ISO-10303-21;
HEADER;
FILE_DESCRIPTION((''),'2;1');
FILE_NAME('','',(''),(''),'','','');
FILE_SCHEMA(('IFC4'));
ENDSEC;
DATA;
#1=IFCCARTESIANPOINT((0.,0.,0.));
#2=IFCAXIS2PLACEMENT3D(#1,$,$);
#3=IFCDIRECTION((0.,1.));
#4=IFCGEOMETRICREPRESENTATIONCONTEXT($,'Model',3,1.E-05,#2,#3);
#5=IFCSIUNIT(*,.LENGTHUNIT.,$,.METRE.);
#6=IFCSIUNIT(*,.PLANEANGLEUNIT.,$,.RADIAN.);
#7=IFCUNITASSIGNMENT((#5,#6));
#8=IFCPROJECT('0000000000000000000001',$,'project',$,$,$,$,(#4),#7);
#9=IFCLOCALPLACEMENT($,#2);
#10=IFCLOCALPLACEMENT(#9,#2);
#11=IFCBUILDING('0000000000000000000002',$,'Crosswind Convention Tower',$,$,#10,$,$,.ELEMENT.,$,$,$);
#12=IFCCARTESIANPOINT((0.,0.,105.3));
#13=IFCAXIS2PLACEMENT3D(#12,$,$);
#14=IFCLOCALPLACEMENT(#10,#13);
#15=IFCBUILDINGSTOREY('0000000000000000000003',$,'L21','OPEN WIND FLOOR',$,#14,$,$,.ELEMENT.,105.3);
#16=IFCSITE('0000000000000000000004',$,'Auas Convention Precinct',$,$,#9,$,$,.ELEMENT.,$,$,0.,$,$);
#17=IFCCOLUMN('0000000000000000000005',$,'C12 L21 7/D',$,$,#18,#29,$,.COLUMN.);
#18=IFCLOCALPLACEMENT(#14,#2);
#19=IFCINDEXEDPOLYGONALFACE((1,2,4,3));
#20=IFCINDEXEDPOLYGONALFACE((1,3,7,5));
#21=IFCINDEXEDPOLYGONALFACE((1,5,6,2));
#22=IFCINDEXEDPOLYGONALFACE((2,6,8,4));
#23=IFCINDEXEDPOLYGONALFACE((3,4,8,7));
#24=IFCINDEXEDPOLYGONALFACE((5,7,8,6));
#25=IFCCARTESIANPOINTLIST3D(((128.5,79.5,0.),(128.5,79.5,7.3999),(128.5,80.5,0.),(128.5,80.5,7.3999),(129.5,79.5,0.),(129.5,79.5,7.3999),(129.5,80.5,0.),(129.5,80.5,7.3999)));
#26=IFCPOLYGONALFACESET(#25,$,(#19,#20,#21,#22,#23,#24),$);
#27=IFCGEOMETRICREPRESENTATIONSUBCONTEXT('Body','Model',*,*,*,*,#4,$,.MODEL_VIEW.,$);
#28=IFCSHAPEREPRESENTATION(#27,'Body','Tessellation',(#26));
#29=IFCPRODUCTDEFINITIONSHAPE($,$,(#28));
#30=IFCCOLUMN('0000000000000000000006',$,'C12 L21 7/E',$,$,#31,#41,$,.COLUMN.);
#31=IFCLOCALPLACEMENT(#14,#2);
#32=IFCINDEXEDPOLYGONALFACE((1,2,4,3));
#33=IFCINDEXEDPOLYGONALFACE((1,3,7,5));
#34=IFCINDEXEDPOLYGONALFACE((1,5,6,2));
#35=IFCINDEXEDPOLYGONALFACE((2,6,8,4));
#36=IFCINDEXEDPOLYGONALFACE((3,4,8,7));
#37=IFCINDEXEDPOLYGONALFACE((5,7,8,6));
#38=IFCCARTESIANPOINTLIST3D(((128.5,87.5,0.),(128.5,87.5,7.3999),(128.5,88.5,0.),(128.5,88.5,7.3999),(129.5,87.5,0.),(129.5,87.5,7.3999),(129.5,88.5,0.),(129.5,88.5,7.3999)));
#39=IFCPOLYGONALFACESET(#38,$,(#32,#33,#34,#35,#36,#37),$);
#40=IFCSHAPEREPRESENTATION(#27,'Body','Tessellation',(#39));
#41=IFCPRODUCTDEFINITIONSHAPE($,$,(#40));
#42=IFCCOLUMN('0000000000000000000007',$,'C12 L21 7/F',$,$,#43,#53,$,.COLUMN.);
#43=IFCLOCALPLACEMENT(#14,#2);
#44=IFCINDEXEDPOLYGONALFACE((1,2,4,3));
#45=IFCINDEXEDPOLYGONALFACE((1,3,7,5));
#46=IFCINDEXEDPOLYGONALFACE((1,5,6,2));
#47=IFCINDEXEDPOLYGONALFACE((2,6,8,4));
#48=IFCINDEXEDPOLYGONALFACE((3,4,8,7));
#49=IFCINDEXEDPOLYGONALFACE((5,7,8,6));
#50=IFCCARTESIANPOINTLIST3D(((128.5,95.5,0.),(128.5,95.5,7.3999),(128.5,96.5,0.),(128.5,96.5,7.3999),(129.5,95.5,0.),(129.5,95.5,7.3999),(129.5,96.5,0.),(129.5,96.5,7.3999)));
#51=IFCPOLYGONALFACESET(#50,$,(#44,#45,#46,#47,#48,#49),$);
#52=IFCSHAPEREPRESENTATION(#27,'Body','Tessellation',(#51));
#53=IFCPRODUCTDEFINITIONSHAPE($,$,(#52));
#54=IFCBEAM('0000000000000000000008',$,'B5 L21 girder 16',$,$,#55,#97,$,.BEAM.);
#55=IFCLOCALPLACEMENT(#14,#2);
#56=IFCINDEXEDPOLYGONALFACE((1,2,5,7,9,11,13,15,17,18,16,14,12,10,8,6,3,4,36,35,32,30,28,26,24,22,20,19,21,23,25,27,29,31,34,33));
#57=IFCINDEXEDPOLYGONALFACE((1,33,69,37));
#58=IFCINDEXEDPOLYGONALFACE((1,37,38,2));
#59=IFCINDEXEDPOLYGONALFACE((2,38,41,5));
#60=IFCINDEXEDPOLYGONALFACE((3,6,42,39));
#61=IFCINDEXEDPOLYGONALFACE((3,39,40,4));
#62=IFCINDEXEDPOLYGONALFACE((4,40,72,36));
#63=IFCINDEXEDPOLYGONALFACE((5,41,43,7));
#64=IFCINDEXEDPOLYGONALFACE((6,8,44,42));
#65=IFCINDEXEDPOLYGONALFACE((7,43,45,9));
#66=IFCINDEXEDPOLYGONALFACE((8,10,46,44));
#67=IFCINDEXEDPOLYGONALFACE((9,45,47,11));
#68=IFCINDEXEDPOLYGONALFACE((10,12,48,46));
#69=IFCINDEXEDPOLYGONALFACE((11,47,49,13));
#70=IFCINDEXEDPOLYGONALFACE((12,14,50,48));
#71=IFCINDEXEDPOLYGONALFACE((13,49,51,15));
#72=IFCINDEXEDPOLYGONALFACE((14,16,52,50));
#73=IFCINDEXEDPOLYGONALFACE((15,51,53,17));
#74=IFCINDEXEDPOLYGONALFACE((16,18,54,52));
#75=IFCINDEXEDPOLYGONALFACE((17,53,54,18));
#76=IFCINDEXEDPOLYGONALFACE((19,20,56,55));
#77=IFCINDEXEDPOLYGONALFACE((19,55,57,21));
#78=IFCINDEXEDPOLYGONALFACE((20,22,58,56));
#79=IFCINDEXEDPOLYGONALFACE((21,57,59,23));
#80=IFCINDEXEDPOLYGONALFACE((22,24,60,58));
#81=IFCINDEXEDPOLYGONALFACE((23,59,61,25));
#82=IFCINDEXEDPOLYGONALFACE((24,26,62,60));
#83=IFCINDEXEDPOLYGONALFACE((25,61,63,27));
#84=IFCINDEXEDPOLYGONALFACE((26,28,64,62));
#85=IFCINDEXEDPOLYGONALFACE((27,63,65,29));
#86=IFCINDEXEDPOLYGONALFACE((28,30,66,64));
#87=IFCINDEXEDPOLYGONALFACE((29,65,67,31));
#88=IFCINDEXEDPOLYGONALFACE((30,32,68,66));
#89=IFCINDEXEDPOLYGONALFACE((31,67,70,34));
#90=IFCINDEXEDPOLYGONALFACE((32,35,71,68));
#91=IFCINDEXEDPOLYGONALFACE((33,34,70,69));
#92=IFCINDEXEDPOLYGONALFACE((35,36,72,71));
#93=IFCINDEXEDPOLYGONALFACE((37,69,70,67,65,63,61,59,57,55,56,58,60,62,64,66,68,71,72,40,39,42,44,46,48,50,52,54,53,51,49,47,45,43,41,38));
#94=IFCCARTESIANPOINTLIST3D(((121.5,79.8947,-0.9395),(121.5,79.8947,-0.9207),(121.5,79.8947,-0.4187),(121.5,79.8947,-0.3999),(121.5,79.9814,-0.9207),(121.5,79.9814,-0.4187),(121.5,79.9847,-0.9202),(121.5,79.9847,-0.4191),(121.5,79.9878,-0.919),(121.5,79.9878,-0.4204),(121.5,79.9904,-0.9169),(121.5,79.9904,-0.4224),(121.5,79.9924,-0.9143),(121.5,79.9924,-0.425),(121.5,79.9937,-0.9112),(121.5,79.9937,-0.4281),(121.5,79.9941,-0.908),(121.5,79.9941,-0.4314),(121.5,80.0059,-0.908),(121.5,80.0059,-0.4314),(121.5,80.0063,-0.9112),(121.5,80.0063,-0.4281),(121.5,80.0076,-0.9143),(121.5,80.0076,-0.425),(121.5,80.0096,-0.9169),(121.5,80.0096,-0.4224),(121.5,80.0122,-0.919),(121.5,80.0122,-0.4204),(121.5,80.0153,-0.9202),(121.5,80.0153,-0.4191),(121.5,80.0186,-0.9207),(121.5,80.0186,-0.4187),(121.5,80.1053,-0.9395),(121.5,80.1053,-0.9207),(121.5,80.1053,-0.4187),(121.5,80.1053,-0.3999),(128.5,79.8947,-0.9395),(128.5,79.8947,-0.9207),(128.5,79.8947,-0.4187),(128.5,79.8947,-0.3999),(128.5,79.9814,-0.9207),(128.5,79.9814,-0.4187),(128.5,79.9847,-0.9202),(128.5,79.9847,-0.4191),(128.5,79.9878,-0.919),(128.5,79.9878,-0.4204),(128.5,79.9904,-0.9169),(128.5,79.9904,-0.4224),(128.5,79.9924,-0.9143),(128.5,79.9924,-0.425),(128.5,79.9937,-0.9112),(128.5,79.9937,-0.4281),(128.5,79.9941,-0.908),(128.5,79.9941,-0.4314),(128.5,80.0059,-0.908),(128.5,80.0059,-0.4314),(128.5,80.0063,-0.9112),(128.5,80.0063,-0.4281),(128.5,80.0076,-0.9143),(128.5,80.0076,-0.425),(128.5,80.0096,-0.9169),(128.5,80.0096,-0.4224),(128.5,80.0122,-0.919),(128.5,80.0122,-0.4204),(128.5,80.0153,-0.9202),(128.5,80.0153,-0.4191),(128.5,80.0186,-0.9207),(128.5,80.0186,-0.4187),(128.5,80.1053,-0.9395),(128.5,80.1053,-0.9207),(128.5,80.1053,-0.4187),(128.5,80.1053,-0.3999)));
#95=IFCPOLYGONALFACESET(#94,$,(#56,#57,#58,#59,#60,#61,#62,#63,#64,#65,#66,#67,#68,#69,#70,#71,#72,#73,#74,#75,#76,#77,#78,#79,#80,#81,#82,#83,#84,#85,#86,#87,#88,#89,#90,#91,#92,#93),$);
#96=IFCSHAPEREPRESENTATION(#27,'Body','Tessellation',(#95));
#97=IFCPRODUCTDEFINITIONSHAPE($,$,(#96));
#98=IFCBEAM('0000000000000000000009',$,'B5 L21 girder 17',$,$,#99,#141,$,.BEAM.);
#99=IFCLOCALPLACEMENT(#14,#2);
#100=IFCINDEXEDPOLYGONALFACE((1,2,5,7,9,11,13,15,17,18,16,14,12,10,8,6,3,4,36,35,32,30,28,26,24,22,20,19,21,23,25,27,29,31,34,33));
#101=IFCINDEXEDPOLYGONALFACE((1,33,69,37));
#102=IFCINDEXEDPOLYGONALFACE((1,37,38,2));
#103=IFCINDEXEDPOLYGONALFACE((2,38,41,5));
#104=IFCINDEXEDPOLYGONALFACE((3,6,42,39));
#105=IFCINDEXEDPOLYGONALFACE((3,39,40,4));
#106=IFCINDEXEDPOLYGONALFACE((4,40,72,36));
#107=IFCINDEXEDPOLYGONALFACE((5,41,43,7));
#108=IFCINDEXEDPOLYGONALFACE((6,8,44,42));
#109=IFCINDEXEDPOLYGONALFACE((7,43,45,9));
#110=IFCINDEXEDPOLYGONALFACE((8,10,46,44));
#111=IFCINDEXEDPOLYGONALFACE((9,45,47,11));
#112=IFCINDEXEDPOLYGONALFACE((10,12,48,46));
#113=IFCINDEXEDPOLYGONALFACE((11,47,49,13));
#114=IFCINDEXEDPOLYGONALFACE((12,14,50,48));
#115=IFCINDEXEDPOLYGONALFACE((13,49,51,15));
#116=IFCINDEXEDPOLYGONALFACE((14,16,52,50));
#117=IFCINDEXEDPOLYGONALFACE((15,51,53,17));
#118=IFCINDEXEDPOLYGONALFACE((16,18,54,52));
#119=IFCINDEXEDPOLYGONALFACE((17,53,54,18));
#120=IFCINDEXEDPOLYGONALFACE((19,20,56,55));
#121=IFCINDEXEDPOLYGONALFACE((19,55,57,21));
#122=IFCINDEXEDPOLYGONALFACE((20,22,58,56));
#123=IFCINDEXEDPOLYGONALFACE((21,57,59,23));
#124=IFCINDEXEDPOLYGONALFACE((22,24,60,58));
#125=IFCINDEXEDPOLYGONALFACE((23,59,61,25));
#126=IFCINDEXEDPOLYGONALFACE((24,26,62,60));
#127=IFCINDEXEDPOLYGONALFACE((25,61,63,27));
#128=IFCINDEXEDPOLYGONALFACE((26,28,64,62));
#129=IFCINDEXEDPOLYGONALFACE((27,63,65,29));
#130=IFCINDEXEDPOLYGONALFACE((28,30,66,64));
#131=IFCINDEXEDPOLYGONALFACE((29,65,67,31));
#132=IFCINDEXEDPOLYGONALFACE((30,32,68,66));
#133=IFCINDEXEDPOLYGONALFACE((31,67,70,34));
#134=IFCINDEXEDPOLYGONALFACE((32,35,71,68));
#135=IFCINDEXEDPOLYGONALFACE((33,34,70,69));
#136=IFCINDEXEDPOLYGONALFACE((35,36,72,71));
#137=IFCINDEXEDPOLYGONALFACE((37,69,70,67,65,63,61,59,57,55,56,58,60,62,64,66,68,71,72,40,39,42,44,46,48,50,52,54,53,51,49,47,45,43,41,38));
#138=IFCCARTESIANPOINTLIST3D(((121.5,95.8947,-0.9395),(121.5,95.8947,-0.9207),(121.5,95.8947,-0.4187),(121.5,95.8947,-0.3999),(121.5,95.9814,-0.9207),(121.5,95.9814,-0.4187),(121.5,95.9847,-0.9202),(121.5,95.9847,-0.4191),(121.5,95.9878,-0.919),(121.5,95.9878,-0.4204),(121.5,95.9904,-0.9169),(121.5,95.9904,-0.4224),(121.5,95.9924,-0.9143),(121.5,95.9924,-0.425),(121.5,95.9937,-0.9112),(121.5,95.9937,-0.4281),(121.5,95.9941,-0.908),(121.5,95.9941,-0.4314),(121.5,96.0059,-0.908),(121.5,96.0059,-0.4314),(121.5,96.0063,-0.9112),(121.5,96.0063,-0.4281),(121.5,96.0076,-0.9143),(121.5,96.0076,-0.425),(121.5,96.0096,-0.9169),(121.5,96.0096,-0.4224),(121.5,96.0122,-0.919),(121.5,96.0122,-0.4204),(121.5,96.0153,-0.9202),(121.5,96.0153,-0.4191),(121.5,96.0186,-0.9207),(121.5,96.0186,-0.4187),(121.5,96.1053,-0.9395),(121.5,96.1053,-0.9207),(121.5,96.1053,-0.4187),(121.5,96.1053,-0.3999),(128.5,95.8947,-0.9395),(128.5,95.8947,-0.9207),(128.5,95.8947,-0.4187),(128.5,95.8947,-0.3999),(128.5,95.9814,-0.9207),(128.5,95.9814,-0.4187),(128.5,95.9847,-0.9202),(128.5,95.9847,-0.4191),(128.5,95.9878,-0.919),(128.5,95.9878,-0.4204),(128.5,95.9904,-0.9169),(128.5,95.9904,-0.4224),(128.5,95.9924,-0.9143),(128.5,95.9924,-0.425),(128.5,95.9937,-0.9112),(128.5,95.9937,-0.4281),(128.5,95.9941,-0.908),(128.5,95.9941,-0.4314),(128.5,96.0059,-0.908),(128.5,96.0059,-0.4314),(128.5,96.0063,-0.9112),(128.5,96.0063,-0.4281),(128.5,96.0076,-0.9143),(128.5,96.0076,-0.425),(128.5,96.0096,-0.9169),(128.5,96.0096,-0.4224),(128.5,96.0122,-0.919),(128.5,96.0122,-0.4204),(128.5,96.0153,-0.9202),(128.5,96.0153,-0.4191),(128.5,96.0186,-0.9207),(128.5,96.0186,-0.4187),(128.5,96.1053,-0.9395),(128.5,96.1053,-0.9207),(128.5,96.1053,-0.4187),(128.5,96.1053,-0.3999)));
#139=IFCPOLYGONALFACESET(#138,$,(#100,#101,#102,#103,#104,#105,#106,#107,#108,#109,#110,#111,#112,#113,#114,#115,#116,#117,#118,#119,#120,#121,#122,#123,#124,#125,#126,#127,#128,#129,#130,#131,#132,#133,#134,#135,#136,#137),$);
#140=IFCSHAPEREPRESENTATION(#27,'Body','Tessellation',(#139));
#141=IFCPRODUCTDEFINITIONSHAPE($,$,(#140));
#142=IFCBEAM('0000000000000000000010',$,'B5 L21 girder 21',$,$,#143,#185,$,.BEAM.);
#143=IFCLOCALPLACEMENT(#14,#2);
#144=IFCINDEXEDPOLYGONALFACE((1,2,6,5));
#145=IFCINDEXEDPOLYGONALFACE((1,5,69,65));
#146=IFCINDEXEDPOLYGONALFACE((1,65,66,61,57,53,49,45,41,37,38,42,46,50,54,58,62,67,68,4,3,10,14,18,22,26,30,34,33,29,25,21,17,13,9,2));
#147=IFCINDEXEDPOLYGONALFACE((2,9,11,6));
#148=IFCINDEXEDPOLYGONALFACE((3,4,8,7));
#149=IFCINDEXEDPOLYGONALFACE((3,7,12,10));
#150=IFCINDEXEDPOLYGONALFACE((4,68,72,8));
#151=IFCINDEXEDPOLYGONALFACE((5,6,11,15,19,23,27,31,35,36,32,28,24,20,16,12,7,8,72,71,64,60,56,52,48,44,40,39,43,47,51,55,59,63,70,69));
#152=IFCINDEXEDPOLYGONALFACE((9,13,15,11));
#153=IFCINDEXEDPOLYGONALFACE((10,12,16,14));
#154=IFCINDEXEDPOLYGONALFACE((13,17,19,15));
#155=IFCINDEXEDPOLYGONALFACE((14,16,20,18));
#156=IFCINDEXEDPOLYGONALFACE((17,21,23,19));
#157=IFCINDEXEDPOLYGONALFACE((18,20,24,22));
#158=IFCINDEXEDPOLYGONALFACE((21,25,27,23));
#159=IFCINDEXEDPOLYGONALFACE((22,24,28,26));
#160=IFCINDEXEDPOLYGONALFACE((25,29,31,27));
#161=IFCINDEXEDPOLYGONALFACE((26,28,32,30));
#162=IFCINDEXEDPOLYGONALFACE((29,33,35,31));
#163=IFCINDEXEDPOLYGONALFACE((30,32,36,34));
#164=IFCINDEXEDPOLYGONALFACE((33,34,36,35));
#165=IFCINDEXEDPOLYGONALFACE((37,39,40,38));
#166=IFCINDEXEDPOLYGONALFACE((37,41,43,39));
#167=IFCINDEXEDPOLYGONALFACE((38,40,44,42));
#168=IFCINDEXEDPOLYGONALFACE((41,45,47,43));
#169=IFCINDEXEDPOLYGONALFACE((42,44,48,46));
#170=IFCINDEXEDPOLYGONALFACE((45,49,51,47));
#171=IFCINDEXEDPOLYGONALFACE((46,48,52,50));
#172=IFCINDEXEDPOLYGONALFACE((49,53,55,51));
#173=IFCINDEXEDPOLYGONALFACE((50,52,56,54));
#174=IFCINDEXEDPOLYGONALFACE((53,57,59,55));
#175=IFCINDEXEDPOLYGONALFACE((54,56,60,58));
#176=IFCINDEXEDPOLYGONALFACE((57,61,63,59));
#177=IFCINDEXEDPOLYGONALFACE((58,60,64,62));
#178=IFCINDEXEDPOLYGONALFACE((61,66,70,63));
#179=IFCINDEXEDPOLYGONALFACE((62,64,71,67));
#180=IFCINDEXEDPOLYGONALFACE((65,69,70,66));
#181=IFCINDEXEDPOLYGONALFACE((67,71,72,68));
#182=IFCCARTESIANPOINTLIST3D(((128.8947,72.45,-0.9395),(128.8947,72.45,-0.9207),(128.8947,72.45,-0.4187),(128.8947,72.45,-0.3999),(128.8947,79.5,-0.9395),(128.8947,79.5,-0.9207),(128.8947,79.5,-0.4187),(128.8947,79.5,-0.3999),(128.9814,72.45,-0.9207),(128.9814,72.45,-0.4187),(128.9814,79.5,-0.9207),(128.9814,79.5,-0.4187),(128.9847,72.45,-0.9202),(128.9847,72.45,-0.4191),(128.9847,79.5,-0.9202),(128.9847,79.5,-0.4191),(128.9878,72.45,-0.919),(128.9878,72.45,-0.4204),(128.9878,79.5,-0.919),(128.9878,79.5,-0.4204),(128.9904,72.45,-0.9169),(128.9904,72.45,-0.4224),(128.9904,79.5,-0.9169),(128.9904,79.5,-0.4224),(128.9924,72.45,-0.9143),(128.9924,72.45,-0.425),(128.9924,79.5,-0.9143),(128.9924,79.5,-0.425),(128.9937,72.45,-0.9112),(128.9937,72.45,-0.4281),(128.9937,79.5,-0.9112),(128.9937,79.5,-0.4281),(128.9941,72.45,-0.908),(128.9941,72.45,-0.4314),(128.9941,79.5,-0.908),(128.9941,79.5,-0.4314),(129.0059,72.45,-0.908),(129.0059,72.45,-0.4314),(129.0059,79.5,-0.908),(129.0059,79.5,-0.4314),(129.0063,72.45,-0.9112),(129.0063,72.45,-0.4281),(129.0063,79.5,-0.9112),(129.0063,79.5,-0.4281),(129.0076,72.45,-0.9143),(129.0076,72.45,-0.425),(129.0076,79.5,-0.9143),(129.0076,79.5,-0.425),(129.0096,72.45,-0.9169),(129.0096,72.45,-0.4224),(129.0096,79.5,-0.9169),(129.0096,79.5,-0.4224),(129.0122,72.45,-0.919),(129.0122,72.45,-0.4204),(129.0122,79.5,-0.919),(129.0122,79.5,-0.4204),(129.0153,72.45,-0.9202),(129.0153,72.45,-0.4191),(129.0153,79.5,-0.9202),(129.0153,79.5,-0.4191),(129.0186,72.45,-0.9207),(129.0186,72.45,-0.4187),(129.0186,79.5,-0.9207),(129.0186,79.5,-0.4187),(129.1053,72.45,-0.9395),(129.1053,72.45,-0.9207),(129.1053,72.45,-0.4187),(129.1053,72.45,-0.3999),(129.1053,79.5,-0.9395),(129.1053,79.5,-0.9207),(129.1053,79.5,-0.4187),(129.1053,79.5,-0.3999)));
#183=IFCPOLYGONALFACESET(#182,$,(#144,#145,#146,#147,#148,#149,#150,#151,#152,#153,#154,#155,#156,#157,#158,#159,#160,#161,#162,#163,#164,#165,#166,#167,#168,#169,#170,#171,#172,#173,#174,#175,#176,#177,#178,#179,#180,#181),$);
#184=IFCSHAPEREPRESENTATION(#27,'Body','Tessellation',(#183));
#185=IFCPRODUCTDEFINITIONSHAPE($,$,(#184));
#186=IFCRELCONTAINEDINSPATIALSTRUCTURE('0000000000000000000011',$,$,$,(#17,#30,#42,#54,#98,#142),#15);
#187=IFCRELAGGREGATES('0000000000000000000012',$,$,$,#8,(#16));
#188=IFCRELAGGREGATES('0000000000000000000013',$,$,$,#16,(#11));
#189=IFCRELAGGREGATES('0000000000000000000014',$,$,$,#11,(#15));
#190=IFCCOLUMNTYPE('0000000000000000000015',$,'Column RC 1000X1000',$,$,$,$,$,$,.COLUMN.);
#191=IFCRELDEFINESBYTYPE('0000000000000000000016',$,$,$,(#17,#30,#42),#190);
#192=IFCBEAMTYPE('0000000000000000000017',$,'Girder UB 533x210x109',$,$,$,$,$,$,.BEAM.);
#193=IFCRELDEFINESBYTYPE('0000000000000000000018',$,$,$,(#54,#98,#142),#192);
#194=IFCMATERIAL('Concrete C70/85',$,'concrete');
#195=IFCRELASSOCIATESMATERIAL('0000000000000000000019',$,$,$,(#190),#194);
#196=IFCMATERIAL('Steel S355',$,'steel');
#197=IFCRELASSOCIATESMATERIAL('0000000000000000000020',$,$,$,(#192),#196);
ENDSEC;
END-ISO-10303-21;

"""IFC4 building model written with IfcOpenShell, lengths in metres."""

from ifc_helpers import new_model, si_unit, direction, frame, origin, origin_2d, place, context, subcontext, project, spatial, rectangle, i_section, extrude, material, material_profile, profile_set, type_object, element, save


model = new_model("IFC4")

# Units and contexts
model_context = context("Model", 3, precision=1e-05, world=origin(), true_north=direction((0.0, 1.0)))
body_context = subcontext(model_context, "Body", "Model", "MODEL_VIEW")
ifc_project = project(units=[si_unit("LENGTHUNIT", "METRE"), si_unit("PLANEANGLEUNIT", "RADIAN")], contexts=[model_context])

# Site, building, storey
site_placement = place(None, origin())
site = spatial("IfcSite", under=ifc_project, at=site_placement, Name="Auas Convention Precinct", CompositionType="ELEMENT", RefElevation=0.0)
building_placement = place(site_placement, origin())
building = spatial("IfcBuilding", under=site, at=building_placement, Name="Crosswind Convention Tower", CompositionType="ELEMENT")
storey_placement = place(building_placement, frame((0.0, 0.0, 105.3)))
storey = spatial("IfcBuildingStorey", under=building, at=storey_placement, Name="L21", Description="OPEN WIND FLOOR", CompositionType="ELEMENT", Elevation=105.3)

# Columns
ifc_material_1 = material(Name="Concrete C70/85", Category="concrete")
ifc_material_profile_1 = material_profile(ifc_material_1, rectangle(XDim=1.0, YDim=1.0, at=origin_2d()), Name="RC 1000X1000")
ifc_profile_set_1 = profile_set([ifc_material_profile_1], Name="Concrete C70/85")
column_type = type_object("IfcColumnType", Name="Column RC 1000X1000", PredefinedType="COLUMN", material=ifc_profile_set_1)
for number, where, z_axis, x_axis, name in (
    (1, (129.0, 80.0, 0.0), (0.0, 0.0, 1.0), (1.0, 0.0, 0.0), "C12 L21 7/D"),
    (2, (129.0, 88.0, 0.0), (0.0, 0.0, 1.0), (1.0, 0.0, 0.0), "C12 L21 7/E"),
    (3, (129.0, 96.0, 0.0), (0.0, 0.0, 1.0), (1.0, 0.0, 0.0), "C12 L21 7/F"),
):
    element("IfcColumn", number, at=place(storey_placement, frame(where, z_axis=z_axis, x_axis=x_axis)), inside=storey, type_object=column_type, Name=name, PredefinedType="COLUMN", context=body_context, shape_type="SweptSolid", body=[
        extrude(rectangle(XDim=1.0, YDim=1.0, at=origin_2d()), origin(), (0.0, 0.0, 1.0), 7.3999),
    ])

# Beams
ifc_material_2 = material(Name="Steel S355", Category="steel")
ifc_material_profile_2 = material_profile(ifc_material_2, i_section(OverallWidth=0.2107, OverallDepth=0.5396, WebThickness=0.0117, FlangeThickness=0.0188, FilletRadius=0.0127, at=origin_2d()), Name="UB 533x210x109")
ifc_profile_set_2 = profile_set([ifc_material_profile_2], Name="Steel S355")
beam_type_1 = type_object("IfcBeamType", Name="Girder UB 533x210x109", PredefinedType="BEAM", material=ifc_profile_set_2)
for number, where, z_axis, x_axis, name in (
    (4, (121.5, 80.0, -0.6697), (1.0, 0.0, 0.0), (0.0, 1.0, 0.0), "B5 L21 girder 16"),
    (5, (121.5, 96.0, -0.6697), (1.0, 0.0, 0.0), (0.0, 1.0, 0.0), "B5 L21 girder 17"),
):
    element("IfcBeam", number, at=place(storey_placement, frame(where, z_axis=z_axis, x_axis=x_axis)), inside=storey, type_object=beam_type_1, Name=name, PredefinedType="BEAM", context=body_context, shape_type="SweptSolid", body=[
        extrude(i_section(OverallWidth=0.2107, OverallDepth=0.5396, WebThickness=0.0117, FlangeThickness=0.0188, FilletRadius=0.0127, at=origin_2d()), origin(), (0.0, 0.0, 1.0), 7.0),
    ])
beam_1_placement = place(storey_placement, frame((129.0, 72.45, -0.6697), z_axis=(0.0, 1.0, 0.0), x_axis=(-1.0, 0.0, 0.0)))
element("IfcBeam", 6, at=beam_1_placement, inside=storey, type_object=beam_type_1, Name="B5 L21 girder 21", PredefinedType="BEAM", context=body_context, shape_type="SweptSolid", body=[
    extrude(i_section(OverallWidth=0.2107, OverallDepth=0.5396, WebThickness=0.0117, FlangeThickness=0.0188, FilletRadius=0.0127, at=origin_2d()), origin(), (0.0, 0.0, 1.0), 7.05),
])

save(model, "model.ifc")
